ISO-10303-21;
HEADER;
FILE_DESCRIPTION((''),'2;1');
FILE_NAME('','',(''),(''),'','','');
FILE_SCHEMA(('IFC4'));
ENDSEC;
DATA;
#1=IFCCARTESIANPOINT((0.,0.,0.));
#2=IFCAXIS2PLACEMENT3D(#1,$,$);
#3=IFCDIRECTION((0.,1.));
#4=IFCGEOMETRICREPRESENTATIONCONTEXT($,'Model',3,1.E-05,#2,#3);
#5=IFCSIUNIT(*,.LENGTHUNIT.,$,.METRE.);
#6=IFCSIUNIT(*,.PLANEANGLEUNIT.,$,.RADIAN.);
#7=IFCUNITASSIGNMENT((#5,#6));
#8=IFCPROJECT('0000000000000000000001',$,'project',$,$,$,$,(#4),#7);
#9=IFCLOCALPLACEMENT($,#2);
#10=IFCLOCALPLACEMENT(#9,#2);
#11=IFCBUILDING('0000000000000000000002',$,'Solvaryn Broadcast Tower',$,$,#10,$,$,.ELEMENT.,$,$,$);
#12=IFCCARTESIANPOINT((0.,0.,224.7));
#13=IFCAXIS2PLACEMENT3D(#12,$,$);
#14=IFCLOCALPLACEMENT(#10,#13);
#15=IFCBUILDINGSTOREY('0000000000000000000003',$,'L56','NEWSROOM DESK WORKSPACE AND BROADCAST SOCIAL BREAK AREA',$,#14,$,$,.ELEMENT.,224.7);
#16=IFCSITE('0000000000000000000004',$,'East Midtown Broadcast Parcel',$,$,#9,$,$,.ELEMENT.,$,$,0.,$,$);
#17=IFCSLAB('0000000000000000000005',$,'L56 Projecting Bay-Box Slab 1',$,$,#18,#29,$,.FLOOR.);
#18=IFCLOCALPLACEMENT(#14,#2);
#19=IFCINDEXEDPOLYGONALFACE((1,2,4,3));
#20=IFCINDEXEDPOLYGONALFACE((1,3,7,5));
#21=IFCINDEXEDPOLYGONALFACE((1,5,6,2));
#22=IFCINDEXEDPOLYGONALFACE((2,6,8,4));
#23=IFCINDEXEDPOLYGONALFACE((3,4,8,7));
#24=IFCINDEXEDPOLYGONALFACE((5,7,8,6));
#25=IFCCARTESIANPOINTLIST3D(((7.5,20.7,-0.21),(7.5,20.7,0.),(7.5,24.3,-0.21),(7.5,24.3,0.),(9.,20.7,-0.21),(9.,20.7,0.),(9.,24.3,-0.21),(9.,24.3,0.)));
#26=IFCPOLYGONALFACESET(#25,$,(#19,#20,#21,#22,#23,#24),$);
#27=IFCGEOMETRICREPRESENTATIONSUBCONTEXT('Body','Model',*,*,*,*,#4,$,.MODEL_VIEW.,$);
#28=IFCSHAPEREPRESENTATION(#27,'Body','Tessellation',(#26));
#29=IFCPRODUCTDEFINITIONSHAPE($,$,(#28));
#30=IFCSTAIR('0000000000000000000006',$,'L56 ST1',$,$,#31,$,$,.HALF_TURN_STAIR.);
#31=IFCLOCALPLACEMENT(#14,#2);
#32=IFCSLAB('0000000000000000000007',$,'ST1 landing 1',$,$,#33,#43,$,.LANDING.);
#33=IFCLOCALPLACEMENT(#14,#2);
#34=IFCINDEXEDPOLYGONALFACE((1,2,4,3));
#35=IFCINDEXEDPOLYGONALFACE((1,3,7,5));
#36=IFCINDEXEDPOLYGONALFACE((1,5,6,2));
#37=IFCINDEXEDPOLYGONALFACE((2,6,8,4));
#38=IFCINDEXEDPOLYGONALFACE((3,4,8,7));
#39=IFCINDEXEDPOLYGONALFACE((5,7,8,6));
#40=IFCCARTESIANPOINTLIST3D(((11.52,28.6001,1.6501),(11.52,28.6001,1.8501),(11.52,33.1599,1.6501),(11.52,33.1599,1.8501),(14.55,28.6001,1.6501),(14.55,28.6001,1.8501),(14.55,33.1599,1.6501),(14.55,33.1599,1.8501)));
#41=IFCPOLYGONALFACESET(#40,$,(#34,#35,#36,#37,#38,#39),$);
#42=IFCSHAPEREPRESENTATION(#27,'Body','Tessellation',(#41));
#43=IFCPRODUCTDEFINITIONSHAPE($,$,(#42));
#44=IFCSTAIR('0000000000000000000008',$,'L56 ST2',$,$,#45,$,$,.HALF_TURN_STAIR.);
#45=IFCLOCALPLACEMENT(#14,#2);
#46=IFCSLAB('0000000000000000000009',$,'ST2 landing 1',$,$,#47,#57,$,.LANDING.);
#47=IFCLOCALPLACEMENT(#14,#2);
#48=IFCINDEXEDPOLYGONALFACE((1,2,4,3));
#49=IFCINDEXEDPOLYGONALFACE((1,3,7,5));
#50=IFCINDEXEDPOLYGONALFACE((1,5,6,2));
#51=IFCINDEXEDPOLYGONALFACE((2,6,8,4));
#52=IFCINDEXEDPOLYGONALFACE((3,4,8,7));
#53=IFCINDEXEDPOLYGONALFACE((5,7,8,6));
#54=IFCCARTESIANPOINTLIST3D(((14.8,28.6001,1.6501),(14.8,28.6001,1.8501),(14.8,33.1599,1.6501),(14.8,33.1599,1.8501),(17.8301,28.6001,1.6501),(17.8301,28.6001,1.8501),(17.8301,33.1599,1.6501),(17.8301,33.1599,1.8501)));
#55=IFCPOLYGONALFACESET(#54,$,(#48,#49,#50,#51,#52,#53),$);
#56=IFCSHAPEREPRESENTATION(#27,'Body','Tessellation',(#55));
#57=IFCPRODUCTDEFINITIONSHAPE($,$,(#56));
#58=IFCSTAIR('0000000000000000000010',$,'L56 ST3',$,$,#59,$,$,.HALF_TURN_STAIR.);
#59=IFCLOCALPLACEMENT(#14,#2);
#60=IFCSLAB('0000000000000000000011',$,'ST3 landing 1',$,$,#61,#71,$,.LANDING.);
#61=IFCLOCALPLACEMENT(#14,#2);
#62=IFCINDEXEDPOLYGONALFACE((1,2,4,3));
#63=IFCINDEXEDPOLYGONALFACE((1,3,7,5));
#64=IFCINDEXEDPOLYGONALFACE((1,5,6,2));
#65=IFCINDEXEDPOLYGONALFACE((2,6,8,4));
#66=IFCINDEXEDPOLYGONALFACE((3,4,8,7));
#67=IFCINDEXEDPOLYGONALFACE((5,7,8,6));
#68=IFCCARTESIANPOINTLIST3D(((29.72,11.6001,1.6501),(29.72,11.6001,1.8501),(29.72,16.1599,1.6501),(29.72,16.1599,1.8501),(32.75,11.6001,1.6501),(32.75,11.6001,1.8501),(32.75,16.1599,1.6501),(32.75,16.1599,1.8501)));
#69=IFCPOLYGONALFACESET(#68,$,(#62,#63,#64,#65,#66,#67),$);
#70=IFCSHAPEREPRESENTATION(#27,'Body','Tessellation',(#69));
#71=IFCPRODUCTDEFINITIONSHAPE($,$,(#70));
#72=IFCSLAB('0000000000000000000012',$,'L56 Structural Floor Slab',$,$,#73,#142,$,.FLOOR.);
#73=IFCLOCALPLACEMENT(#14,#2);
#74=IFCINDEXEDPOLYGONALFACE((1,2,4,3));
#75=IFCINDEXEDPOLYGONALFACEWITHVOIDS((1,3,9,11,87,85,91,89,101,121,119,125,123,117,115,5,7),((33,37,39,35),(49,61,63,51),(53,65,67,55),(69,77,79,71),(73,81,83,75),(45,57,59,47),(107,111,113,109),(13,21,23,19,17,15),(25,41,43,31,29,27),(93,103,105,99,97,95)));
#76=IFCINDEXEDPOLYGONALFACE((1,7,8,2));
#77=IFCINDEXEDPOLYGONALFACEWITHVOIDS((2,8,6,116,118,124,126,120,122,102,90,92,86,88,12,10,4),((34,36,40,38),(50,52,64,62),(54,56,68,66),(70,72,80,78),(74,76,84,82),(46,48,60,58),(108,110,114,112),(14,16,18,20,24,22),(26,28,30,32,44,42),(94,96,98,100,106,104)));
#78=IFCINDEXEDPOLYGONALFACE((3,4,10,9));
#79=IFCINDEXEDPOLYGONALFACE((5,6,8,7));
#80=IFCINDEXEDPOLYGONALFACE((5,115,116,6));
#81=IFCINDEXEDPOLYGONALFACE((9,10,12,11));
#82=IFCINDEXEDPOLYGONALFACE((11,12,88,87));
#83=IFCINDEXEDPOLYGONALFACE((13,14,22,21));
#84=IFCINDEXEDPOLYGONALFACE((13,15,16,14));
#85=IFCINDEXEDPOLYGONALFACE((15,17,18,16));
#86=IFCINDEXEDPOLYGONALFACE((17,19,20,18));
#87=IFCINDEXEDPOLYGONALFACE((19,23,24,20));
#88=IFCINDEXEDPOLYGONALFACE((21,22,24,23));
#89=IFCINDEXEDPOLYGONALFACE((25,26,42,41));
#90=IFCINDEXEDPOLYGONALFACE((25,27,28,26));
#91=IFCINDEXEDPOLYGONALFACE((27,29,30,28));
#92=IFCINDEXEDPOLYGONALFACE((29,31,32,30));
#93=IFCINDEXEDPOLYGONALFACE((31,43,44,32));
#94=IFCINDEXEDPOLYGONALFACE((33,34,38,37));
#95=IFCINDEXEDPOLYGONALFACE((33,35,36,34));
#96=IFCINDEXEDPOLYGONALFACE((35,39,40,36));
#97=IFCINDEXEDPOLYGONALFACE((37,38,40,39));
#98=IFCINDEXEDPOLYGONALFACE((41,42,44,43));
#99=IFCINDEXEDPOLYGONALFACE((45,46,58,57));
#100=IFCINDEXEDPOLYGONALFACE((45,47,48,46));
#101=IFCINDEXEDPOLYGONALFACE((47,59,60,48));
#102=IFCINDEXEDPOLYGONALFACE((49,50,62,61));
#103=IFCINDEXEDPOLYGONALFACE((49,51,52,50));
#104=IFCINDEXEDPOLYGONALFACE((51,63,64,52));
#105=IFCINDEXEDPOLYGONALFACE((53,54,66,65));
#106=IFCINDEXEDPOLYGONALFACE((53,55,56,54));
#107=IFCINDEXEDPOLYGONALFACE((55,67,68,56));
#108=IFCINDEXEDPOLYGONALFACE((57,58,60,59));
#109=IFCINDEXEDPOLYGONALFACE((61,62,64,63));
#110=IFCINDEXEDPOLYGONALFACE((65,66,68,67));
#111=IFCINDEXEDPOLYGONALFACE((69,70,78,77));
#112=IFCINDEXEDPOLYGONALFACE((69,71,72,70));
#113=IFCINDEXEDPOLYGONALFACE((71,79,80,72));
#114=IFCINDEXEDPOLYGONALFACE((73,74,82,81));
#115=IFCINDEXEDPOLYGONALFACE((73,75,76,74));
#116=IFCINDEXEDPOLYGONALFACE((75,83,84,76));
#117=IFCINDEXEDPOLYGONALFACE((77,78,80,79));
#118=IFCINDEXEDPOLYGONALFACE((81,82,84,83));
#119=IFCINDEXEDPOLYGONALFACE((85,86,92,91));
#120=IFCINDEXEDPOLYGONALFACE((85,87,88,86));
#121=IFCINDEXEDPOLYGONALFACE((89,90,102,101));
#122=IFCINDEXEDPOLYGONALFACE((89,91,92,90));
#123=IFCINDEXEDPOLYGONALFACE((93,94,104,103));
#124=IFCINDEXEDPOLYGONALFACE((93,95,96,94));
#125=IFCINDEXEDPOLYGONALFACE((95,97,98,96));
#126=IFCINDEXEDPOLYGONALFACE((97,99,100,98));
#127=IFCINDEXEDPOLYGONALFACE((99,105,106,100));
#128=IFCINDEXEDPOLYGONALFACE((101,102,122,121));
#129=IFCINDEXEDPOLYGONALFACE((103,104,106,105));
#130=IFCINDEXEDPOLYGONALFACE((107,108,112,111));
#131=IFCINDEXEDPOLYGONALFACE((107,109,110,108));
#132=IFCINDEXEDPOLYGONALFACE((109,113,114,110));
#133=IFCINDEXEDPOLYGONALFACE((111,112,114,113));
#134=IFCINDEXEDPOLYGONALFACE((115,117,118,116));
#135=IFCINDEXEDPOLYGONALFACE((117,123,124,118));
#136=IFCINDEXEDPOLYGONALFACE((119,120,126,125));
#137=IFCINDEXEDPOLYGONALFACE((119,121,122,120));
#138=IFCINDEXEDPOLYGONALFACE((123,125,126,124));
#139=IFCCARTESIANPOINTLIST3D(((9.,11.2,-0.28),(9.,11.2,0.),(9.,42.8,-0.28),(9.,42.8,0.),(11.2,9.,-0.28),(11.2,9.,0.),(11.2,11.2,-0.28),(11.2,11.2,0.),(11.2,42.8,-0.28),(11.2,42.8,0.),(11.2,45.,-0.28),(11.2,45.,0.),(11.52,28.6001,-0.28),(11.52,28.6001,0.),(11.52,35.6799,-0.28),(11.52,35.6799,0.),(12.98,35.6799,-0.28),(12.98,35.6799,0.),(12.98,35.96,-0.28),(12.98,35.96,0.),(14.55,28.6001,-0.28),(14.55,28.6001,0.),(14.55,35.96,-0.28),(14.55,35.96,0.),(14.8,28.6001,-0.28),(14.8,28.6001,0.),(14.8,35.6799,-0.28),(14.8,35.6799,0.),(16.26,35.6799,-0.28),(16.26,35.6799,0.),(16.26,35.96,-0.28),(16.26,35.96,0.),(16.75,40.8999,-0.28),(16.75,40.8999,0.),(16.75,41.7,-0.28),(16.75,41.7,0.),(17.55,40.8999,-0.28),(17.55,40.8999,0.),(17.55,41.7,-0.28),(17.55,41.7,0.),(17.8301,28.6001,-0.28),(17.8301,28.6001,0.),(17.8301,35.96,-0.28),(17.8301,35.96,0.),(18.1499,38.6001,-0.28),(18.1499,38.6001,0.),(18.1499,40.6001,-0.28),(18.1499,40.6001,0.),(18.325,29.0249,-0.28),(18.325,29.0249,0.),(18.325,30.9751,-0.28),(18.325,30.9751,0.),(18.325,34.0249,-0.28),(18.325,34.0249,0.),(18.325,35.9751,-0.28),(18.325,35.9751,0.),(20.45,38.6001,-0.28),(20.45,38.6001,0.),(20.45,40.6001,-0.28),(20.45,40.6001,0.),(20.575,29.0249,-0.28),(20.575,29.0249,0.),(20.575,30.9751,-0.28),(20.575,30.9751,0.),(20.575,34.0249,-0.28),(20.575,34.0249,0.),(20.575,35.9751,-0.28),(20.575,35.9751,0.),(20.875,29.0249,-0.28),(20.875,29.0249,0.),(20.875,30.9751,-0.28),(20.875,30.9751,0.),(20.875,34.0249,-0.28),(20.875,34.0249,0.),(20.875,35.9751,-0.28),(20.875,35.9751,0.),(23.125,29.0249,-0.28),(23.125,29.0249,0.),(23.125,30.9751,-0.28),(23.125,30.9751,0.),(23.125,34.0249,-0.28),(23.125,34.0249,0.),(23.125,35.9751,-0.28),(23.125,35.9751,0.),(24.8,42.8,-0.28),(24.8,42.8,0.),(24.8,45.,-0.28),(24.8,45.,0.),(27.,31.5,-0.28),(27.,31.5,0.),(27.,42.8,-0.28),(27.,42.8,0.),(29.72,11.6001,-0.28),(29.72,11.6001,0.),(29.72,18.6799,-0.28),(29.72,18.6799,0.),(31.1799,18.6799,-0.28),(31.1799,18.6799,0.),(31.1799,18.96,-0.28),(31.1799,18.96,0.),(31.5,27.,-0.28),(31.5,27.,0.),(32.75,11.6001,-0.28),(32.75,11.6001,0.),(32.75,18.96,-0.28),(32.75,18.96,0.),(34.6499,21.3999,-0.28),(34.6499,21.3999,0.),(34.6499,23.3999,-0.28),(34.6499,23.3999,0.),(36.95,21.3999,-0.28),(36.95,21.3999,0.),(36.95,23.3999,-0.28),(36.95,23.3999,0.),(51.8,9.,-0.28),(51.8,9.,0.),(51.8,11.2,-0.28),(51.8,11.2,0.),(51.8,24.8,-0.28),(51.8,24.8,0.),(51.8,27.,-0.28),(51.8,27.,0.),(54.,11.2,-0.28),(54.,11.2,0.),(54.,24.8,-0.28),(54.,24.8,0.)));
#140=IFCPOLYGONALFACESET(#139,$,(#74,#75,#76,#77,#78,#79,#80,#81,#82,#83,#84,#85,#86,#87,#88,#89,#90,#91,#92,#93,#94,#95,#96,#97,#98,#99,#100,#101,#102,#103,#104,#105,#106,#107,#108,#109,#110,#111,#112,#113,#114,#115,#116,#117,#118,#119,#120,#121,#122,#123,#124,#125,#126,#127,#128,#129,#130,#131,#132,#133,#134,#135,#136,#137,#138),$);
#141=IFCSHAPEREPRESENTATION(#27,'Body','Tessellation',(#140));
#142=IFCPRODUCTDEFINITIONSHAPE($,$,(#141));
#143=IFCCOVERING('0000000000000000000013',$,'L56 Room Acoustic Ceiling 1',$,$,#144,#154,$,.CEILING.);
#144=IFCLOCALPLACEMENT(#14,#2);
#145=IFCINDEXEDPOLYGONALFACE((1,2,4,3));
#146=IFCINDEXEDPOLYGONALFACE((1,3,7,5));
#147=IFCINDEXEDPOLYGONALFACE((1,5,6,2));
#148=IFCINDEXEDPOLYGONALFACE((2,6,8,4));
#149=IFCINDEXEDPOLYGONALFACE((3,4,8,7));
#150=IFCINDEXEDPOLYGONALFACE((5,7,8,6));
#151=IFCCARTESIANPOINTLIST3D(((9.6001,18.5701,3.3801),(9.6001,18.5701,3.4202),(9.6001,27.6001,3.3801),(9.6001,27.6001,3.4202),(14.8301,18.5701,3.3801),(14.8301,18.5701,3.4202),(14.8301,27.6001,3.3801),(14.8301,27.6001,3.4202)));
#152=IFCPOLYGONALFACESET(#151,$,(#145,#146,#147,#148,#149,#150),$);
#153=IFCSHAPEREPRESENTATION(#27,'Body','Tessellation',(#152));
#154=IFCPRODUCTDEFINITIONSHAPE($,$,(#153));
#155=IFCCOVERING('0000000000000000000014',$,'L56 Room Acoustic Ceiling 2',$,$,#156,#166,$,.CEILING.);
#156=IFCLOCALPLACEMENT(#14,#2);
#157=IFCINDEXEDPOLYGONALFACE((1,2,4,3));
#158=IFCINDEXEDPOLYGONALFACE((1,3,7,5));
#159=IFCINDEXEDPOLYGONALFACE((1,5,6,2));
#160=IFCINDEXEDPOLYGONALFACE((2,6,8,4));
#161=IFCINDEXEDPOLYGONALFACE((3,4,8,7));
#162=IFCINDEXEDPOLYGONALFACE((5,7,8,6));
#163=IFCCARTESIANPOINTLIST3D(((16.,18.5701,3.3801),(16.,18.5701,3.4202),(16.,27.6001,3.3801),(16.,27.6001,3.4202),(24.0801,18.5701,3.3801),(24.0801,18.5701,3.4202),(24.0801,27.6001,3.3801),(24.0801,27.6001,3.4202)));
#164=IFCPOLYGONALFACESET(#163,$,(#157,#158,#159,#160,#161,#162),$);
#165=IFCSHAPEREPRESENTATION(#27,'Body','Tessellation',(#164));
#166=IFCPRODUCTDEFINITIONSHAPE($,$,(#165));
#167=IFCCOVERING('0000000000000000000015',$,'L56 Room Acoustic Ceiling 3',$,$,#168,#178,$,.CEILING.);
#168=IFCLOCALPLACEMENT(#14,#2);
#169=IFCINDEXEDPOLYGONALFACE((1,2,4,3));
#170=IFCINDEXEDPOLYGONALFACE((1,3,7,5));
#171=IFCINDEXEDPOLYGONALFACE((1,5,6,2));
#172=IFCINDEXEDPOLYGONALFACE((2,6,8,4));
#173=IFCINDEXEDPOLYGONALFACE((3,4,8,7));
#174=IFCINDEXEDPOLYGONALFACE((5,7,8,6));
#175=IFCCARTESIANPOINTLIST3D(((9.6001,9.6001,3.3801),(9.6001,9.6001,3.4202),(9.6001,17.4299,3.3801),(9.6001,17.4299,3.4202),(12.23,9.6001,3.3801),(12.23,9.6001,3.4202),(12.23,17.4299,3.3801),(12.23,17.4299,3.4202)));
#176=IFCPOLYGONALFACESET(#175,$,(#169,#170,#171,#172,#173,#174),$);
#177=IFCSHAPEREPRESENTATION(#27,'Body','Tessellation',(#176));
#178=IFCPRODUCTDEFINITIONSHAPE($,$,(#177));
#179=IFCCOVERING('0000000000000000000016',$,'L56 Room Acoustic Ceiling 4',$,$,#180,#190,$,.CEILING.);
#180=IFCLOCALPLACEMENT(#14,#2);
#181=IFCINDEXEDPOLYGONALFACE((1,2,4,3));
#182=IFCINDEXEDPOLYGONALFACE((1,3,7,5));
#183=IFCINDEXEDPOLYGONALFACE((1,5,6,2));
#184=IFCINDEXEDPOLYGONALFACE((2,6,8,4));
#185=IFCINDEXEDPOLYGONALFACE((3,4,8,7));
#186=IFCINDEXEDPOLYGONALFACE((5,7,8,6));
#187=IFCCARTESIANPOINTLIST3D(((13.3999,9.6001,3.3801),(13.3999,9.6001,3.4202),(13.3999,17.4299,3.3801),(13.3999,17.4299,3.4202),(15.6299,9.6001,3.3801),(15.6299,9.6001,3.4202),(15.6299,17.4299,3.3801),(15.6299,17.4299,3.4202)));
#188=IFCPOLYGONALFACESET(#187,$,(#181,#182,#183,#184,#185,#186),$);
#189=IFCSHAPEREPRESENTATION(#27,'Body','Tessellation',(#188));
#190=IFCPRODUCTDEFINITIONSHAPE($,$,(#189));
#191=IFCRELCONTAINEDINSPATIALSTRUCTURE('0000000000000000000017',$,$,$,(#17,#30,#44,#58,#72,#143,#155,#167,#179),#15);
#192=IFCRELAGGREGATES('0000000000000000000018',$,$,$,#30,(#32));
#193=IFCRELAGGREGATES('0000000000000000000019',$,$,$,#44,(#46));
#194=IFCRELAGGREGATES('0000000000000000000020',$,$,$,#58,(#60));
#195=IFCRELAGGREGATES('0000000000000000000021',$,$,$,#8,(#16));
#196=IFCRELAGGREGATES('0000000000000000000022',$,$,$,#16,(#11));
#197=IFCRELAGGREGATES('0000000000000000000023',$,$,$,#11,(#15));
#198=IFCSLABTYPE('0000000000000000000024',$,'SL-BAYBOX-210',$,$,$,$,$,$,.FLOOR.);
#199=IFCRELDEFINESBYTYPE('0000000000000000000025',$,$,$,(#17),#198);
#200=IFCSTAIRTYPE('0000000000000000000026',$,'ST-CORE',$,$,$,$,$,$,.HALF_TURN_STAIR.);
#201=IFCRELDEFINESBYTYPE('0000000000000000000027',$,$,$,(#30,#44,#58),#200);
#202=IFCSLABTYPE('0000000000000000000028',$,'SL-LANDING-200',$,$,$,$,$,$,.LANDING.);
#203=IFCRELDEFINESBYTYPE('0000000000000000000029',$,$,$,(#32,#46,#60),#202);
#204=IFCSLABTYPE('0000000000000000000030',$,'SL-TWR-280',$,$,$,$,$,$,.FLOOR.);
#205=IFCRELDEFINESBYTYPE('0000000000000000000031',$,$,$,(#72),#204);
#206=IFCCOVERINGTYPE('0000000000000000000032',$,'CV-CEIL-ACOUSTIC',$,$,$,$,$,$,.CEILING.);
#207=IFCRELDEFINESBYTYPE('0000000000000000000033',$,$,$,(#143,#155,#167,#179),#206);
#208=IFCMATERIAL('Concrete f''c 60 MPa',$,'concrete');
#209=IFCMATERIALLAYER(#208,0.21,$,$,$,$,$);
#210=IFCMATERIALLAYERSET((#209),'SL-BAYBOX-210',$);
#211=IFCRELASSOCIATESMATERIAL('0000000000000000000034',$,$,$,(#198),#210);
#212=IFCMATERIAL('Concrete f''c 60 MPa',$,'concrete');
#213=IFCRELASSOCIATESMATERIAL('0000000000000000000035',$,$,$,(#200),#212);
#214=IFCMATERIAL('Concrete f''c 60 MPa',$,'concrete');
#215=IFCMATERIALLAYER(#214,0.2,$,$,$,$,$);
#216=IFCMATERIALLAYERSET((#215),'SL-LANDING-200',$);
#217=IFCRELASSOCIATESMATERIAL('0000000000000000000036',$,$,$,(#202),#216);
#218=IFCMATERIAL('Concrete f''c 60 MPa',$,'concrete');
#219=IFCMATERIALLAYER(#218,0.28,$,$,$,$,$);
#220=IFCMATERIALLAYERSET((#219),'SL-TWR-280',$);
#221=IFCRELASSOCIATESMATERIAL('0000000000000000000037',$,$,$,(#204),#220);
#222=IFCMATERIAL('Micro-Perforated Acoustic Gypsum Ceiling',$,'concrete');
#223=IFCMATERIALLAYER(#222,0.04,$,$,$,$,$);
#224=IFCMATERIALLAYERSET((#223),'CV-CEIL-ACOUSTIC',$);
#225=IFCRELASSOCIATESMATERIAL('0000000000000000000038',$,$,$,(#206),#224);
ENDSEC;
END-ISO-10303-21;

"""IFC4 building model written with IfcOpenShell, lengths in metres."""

from ifc_helpers import new_model, si_unit, direction, frame, origin, place, context, subcontext, project, spatial, polyline, outline, extrude, material, layer, layer_set, type_object, element, aggregate, save


model = new_model("IFC4")

# Units and contexts
model_context = context("Model", 3, precision=1e-05, world=origin(), true_north=direction((0.0, 1.0)))
body_context = subcontext(model_context, "Body", "Model", "MODEL_VIEW")
ifc_project = project(units=[si_unit("LENGTHUNIT", "METRE"), si_unit("PLANEANGLEUNIT", "RADIAN")], contexts=[model_context])

# Site, building, storey
site_placement = place(None, origin())
site = spatial("IfcSite", under=ifc_project, at=site_placement, Name="East Midtown Broadcast Parcel", CompositionType="ELEMENT", RefElevation=0.0)
building_placement = place(site_placement, origin())
building = spatial("IfcBuilding", under=site, at=building_placement, Name="Solvaryn Broadcast Tower", CompositionType="ELEMENT")
storey_placement = place(building_placement, frame((0.0, 0.0, 224.7)))
storey = spatial("IfcBuildingStorey", under=building, at=storey_placement, Name="L56", Description="NEWSROOM DESK WORKSPACE AND BROADCAST SOCIAL BREAK AREA", CompositionType="ELEMENT", Elevation=224.7)

# Slab
ifc_material_1 = material(Name="Concrete f'c 60 MPa", Category="concrete")
ifc_layer_1 = layer(ifc_material_1, 0.21)
ifc_layer_set_1 = layer_set([ifc_layer_1], Name="SL-BAYBOX-210")
slab_type_1 = type_object("IfcSlabType", Name="SL-BAYBOX-210", PredefinedType="FLOOR", material=ifc_layer_set_1)
slab_1_placement = place(storey_placement, frame((0.0, 0.0, -0.21)))
element("IfcSlab", 1, at=slab_1_placement, inside=storey, type_object=slab_type_1, Name="L56 Projecting Bay-Box Slab 1", PredefinedType="FLOOR", context=body_context, shape_type="SweptSolid", body=[
    extrude(outline(polyline([(7.5, 20.7), (9.0, 20.7), (9.0, 24.3), (7.5, 24.3), (7.5, 20.7)])), origin(), (0.0, 0.0, 1.0), 0.21),
])

# Stairs, slabs
ifc_material_2 = material(Name="Concrete f'c 60 MPa", Category="concrete")
stair_type = type_object("IfcStairType", Name="ST-CORE", PredefinedType="HALF_TURN_STAIR", material=ifc_material_2)
stair_1_placement = place(storey_placement, origin())
stair_1 = element("IfcStair", 2, at=stair_1_placement, inside=storey, type_object=stair_type, Name="L56 ST1", PredefinedType="HALF_TURN_STAIR")
ifc_material_3 = material(Name="Concrete f'c 60 MPa", Category="concrete")
ifc_layer_2 = layer(ifc_material_3, 0.2)
ifc_layer_set_2 = layer_set([ifc_layer_2], Name="SL-LANDING-200")
slab_type_2 = type_object("IfcSlabType", Name="SL-LANDING-200", PredefinedType="LANDING", material=ifc_layer_set_2)
slab_2_placement = place(storey_placement, frame((0.0, 0.0, 1.6501)))
slab_2 = element("IfcSlab", 3, at=slab_2_placement, type_object=slab_type_2, Name="ST1 landing 1", PredefinedType="LANDING", context=body_context, shape_type="SweptSolid", body=[
    extrude(outline(polyline([(11.52, 33.1599), (11.52, 28.6001), (14.55, 28.6001), (14.55, 33.1599), (11.52, 33.1599)])), origin(), (0.0, 0.0, 1.0), 0.2),
])
aggregate(stair_1, [slab_2])
stair_2_placement = place(storey_placement, origin())
stair_2 = element("IfcStair", 4, at=stair_2_placement, inside=storey, type_object=stair_type, Name="L56 ST2", PredefinedType="HALF_TURN_STAIR")
slab_3_placement = place(storey_placement, frame((0.0, 0.0, 1.6501)))
slab_3 = element("IfcSlab", 5, at=slab_3_placement, type_object=slab_type_2, Name="ST2 landing 1", PredefinedType="LANDING", context=body_context, shape_type="SweptSolid", body=[
    extrude(outline(polyline([(14.8, 33.1599), (14.8, 28.6001), (17.8301, 28.6001), (17.8301, 33.1599), (14.8, 33.1599)])), origin(), (0.0, 0.0, 1.0), 0.2),
])
aggregate(stair_2, [slab_3])
stair_3_placement = place(storey_placement, origin())
stair_3 = element("IfcStair", 6, at=stair_3_placement, inside=storey, type_object=stair_type, Name="L56 ST3", PredefinedType="HALF_TURN_STAIR")
slab_4_placement = place(storey_placement, frame((0.0, 0.0, 1.6501)))
slab_4 = element("IfcSlab", 7, at=slab_4_placement, type_object=slab_type_2, Name="ST3 landing 1", PredefinedType="LANDING", context=body_context, shape_type="SweptSolid", body=[
    extrude(outline(polyline([(29.72, 16.1599), (29.72, 11.6001), (32.75, 11.6001), (32.75, 16.1599), (29.72, 16.1599)])), origin(), (0.0, 0.0, 1.0), 0.2),
])
aggregate(stair_3, [slab_4])

# Slab
ifc_material_4 = material(Name="Concrete f'c 60 MPa", Category="concrete")
ifc_layer_3 = layer(ifc_material_4, 0.28)
ifc_layer_set_3 = layer_set([ifc_layer_3], Name="SL-TWR-280")
slab_type_3 = type_object("IfcSlabType", Name="SL-TWR-280", PredefinedType="FLOOR", material=ifc_layer_set_3)
slab_5_placement = place(storey_placement, frame((0.0, 0.0, -0.28)))
element("IfcSlab", 8, at=slab_5_placement, inside=storey, type_object=slab_type_3, Name="L56 Structural Floor Slab", PredefinedType="FLOOR", context=body_context, shape_type="SweptSolid", body=[
    extrude(outline(polyline([(11.2, 9.0), (51.8, 9.0), (51.8, 11.2), (54.0, 11.2), (54.0, 24.8), (51.8, 24.8), (51.8, 27.0), (31.5, 27.0), (27.0, 31.5), (27.0, 42.8), (24.8, 42.8), (24.8, 45.0), (11.2, 45.0), (11.2, 42.8), (9.0, 42.8), (9.0, 11.2), (11.2, 11.2), (11.2, 9.0)]), holes=[polyline([(11.52, 28.6001), (14.55, 28.6001), (14.55, 35.96), (12.98, 35.96), (12.98, 35.6799), (11.52, 35.6799), (11.52, 28.6001)]), polyline([(14.8, 28.6001), (17.8301, 28.6001), (17.8301, 35.96), (16.26, 35.96), (16.26, 35.6799), (14.8, 35.6799), (14.8, 28.6001)]), polyline([(29.72, 11.6001), (32.75, 11.6001), (32.75, 18.96), (31.1799, 18.96), (31.1799, 18.6799), (29.72, 18.6799), (29.72, 11.6001)]), polyline([(18.1499, 38.6001), (20.45, 38.6001), (20.45, 40.6001), (18.1499, 40.6001), (18.1499, 38.6001)]), polyline([(18.325, 29.0249), (20.575, 29.0249), (20.575, 30.9751), (18.325, 30.9751), (18.325, 29.0249)]), polyline([(20.875, 29.0249), (23.125, 29.0249), (23.125, 30.9751), (20.875, 30.9751), (20.875, 29.0249)]), polyline([(18.325, 34.0249), (20.575, 34.0249), (20.575, 35.9751), (18.325, 35.9751), (18.325, 34.0249)]), polyline([(20.875, 34.0249), (23.125, 34.0249), (23.125, 35.9751), (20.875, 35.9751), (20.875, 34.0249)]), polyline([(34.6499, 21.3999), (36.95, 21.3999), (36.95, 23.3999), (34.6499, 23.3999), (34.6499, 21.3999)]), polyline([(16.75, 40.8999), (17.55, 40.8999), (17.55, 41.7), (16.75, 41.7), (16.75, 40.8999)])]), origin(), (0.0, 0.0, 1.0), 0.28),
])

# Coverings
ifc_material_5 = material(Name="Micro-Perforated Acoustic Gypsum Ceiling", Category="concrete")
ifc_layer_4 = layer(ifc_material_5, 0.04)
ifc_layer_set_4 = layer_set([ifc_layer_4], Name="CV-CEIL-ACOUSTIC")
covering_type_1 = type_object("IfcCoveringType", Name="CV-CEIL-ACOUSTIC", PredefinedType="CEILING", material=ifc_layer_set_4)
covering_1_placement = place(storey_placement, frame((0.0, 0.0, 3.3801)))
element("IfcCovering", 9, at=covering_1_placement, inside=storey, type_object=covering_type_1, Name="L56 Room Acoustic Ceiling 1", PredefinedType="CEILING", context=body_context, shape_type="SweptSolid", body=[
    extrude(outline(polyline([(9.6001, 18.5701), (14.8301, 18.5701), (14.8301, 27.6001), (9.6001, 27.6001), (9.6001, 18.5701)])), origin(), (0.0, 0.0, 1.0), 0.04),
])
covering_2_placement = place(storey_placement, frame((0.0, 0.0, 3.3801)))
element("IfcCovering", 10, at=covering_2_placement, inside=storey, type_object=covering_type_1, Name="L56 Room Acoustic Ceiling 2", PredefinedType="CEILING", context=body_context, shape_type="SweptSolid", body=[
    extrude(outline(polyline([(16.0, 18.5701), (24.0801, 18.5701), (24.0801, 27.6001), (16.0, 27.6001), (16.0, 18.5701)])), origin(), (0.0, 0.0, 1.0), 0.04),
])
covering_3_placement = place(storey_placement, frame((0.0, 0.0, 3.3801)))
element("IfcCovering", 11, at=covering_3_placement, inside=storey, type_object=covering_type_1, Name="L56 Room Acoustic Ceiling 3", PredefinedType="CEILING", context=body_context, shape_type="SweptSolid", body=[
    extrude(outline(polyline([(9.6001, 9.6001), (12.23, 9.6001), (12.23, 17.4299), (9.6001, 17.4299), (9.6001, 9.6001)])), origin(), (0.0, 0.0, 1.0), 0.04),
])
covering_4_placement = place(storey_placement, frame((0.0, 0.0, 3.3801)))
element("IfcCovering", 12, at=covering_4_placement, inside=storey, type_object=covering_type_1, Name="L56 Room Acoustic Ceiling 4", PredefinedType="CEILING", context=body_context, shape_type="SweptSolid", body=[
    extrude(outline(polyline([(13.3999, 9.6001), (15.6299, 9.6001), (15.6299, 17.4299), (13.3999, 17.4299), (13.3999, 9.6001)])), origin(), (0.0, 0.0, 1.0), 0.04),
])

save(model, "model.ifc")
